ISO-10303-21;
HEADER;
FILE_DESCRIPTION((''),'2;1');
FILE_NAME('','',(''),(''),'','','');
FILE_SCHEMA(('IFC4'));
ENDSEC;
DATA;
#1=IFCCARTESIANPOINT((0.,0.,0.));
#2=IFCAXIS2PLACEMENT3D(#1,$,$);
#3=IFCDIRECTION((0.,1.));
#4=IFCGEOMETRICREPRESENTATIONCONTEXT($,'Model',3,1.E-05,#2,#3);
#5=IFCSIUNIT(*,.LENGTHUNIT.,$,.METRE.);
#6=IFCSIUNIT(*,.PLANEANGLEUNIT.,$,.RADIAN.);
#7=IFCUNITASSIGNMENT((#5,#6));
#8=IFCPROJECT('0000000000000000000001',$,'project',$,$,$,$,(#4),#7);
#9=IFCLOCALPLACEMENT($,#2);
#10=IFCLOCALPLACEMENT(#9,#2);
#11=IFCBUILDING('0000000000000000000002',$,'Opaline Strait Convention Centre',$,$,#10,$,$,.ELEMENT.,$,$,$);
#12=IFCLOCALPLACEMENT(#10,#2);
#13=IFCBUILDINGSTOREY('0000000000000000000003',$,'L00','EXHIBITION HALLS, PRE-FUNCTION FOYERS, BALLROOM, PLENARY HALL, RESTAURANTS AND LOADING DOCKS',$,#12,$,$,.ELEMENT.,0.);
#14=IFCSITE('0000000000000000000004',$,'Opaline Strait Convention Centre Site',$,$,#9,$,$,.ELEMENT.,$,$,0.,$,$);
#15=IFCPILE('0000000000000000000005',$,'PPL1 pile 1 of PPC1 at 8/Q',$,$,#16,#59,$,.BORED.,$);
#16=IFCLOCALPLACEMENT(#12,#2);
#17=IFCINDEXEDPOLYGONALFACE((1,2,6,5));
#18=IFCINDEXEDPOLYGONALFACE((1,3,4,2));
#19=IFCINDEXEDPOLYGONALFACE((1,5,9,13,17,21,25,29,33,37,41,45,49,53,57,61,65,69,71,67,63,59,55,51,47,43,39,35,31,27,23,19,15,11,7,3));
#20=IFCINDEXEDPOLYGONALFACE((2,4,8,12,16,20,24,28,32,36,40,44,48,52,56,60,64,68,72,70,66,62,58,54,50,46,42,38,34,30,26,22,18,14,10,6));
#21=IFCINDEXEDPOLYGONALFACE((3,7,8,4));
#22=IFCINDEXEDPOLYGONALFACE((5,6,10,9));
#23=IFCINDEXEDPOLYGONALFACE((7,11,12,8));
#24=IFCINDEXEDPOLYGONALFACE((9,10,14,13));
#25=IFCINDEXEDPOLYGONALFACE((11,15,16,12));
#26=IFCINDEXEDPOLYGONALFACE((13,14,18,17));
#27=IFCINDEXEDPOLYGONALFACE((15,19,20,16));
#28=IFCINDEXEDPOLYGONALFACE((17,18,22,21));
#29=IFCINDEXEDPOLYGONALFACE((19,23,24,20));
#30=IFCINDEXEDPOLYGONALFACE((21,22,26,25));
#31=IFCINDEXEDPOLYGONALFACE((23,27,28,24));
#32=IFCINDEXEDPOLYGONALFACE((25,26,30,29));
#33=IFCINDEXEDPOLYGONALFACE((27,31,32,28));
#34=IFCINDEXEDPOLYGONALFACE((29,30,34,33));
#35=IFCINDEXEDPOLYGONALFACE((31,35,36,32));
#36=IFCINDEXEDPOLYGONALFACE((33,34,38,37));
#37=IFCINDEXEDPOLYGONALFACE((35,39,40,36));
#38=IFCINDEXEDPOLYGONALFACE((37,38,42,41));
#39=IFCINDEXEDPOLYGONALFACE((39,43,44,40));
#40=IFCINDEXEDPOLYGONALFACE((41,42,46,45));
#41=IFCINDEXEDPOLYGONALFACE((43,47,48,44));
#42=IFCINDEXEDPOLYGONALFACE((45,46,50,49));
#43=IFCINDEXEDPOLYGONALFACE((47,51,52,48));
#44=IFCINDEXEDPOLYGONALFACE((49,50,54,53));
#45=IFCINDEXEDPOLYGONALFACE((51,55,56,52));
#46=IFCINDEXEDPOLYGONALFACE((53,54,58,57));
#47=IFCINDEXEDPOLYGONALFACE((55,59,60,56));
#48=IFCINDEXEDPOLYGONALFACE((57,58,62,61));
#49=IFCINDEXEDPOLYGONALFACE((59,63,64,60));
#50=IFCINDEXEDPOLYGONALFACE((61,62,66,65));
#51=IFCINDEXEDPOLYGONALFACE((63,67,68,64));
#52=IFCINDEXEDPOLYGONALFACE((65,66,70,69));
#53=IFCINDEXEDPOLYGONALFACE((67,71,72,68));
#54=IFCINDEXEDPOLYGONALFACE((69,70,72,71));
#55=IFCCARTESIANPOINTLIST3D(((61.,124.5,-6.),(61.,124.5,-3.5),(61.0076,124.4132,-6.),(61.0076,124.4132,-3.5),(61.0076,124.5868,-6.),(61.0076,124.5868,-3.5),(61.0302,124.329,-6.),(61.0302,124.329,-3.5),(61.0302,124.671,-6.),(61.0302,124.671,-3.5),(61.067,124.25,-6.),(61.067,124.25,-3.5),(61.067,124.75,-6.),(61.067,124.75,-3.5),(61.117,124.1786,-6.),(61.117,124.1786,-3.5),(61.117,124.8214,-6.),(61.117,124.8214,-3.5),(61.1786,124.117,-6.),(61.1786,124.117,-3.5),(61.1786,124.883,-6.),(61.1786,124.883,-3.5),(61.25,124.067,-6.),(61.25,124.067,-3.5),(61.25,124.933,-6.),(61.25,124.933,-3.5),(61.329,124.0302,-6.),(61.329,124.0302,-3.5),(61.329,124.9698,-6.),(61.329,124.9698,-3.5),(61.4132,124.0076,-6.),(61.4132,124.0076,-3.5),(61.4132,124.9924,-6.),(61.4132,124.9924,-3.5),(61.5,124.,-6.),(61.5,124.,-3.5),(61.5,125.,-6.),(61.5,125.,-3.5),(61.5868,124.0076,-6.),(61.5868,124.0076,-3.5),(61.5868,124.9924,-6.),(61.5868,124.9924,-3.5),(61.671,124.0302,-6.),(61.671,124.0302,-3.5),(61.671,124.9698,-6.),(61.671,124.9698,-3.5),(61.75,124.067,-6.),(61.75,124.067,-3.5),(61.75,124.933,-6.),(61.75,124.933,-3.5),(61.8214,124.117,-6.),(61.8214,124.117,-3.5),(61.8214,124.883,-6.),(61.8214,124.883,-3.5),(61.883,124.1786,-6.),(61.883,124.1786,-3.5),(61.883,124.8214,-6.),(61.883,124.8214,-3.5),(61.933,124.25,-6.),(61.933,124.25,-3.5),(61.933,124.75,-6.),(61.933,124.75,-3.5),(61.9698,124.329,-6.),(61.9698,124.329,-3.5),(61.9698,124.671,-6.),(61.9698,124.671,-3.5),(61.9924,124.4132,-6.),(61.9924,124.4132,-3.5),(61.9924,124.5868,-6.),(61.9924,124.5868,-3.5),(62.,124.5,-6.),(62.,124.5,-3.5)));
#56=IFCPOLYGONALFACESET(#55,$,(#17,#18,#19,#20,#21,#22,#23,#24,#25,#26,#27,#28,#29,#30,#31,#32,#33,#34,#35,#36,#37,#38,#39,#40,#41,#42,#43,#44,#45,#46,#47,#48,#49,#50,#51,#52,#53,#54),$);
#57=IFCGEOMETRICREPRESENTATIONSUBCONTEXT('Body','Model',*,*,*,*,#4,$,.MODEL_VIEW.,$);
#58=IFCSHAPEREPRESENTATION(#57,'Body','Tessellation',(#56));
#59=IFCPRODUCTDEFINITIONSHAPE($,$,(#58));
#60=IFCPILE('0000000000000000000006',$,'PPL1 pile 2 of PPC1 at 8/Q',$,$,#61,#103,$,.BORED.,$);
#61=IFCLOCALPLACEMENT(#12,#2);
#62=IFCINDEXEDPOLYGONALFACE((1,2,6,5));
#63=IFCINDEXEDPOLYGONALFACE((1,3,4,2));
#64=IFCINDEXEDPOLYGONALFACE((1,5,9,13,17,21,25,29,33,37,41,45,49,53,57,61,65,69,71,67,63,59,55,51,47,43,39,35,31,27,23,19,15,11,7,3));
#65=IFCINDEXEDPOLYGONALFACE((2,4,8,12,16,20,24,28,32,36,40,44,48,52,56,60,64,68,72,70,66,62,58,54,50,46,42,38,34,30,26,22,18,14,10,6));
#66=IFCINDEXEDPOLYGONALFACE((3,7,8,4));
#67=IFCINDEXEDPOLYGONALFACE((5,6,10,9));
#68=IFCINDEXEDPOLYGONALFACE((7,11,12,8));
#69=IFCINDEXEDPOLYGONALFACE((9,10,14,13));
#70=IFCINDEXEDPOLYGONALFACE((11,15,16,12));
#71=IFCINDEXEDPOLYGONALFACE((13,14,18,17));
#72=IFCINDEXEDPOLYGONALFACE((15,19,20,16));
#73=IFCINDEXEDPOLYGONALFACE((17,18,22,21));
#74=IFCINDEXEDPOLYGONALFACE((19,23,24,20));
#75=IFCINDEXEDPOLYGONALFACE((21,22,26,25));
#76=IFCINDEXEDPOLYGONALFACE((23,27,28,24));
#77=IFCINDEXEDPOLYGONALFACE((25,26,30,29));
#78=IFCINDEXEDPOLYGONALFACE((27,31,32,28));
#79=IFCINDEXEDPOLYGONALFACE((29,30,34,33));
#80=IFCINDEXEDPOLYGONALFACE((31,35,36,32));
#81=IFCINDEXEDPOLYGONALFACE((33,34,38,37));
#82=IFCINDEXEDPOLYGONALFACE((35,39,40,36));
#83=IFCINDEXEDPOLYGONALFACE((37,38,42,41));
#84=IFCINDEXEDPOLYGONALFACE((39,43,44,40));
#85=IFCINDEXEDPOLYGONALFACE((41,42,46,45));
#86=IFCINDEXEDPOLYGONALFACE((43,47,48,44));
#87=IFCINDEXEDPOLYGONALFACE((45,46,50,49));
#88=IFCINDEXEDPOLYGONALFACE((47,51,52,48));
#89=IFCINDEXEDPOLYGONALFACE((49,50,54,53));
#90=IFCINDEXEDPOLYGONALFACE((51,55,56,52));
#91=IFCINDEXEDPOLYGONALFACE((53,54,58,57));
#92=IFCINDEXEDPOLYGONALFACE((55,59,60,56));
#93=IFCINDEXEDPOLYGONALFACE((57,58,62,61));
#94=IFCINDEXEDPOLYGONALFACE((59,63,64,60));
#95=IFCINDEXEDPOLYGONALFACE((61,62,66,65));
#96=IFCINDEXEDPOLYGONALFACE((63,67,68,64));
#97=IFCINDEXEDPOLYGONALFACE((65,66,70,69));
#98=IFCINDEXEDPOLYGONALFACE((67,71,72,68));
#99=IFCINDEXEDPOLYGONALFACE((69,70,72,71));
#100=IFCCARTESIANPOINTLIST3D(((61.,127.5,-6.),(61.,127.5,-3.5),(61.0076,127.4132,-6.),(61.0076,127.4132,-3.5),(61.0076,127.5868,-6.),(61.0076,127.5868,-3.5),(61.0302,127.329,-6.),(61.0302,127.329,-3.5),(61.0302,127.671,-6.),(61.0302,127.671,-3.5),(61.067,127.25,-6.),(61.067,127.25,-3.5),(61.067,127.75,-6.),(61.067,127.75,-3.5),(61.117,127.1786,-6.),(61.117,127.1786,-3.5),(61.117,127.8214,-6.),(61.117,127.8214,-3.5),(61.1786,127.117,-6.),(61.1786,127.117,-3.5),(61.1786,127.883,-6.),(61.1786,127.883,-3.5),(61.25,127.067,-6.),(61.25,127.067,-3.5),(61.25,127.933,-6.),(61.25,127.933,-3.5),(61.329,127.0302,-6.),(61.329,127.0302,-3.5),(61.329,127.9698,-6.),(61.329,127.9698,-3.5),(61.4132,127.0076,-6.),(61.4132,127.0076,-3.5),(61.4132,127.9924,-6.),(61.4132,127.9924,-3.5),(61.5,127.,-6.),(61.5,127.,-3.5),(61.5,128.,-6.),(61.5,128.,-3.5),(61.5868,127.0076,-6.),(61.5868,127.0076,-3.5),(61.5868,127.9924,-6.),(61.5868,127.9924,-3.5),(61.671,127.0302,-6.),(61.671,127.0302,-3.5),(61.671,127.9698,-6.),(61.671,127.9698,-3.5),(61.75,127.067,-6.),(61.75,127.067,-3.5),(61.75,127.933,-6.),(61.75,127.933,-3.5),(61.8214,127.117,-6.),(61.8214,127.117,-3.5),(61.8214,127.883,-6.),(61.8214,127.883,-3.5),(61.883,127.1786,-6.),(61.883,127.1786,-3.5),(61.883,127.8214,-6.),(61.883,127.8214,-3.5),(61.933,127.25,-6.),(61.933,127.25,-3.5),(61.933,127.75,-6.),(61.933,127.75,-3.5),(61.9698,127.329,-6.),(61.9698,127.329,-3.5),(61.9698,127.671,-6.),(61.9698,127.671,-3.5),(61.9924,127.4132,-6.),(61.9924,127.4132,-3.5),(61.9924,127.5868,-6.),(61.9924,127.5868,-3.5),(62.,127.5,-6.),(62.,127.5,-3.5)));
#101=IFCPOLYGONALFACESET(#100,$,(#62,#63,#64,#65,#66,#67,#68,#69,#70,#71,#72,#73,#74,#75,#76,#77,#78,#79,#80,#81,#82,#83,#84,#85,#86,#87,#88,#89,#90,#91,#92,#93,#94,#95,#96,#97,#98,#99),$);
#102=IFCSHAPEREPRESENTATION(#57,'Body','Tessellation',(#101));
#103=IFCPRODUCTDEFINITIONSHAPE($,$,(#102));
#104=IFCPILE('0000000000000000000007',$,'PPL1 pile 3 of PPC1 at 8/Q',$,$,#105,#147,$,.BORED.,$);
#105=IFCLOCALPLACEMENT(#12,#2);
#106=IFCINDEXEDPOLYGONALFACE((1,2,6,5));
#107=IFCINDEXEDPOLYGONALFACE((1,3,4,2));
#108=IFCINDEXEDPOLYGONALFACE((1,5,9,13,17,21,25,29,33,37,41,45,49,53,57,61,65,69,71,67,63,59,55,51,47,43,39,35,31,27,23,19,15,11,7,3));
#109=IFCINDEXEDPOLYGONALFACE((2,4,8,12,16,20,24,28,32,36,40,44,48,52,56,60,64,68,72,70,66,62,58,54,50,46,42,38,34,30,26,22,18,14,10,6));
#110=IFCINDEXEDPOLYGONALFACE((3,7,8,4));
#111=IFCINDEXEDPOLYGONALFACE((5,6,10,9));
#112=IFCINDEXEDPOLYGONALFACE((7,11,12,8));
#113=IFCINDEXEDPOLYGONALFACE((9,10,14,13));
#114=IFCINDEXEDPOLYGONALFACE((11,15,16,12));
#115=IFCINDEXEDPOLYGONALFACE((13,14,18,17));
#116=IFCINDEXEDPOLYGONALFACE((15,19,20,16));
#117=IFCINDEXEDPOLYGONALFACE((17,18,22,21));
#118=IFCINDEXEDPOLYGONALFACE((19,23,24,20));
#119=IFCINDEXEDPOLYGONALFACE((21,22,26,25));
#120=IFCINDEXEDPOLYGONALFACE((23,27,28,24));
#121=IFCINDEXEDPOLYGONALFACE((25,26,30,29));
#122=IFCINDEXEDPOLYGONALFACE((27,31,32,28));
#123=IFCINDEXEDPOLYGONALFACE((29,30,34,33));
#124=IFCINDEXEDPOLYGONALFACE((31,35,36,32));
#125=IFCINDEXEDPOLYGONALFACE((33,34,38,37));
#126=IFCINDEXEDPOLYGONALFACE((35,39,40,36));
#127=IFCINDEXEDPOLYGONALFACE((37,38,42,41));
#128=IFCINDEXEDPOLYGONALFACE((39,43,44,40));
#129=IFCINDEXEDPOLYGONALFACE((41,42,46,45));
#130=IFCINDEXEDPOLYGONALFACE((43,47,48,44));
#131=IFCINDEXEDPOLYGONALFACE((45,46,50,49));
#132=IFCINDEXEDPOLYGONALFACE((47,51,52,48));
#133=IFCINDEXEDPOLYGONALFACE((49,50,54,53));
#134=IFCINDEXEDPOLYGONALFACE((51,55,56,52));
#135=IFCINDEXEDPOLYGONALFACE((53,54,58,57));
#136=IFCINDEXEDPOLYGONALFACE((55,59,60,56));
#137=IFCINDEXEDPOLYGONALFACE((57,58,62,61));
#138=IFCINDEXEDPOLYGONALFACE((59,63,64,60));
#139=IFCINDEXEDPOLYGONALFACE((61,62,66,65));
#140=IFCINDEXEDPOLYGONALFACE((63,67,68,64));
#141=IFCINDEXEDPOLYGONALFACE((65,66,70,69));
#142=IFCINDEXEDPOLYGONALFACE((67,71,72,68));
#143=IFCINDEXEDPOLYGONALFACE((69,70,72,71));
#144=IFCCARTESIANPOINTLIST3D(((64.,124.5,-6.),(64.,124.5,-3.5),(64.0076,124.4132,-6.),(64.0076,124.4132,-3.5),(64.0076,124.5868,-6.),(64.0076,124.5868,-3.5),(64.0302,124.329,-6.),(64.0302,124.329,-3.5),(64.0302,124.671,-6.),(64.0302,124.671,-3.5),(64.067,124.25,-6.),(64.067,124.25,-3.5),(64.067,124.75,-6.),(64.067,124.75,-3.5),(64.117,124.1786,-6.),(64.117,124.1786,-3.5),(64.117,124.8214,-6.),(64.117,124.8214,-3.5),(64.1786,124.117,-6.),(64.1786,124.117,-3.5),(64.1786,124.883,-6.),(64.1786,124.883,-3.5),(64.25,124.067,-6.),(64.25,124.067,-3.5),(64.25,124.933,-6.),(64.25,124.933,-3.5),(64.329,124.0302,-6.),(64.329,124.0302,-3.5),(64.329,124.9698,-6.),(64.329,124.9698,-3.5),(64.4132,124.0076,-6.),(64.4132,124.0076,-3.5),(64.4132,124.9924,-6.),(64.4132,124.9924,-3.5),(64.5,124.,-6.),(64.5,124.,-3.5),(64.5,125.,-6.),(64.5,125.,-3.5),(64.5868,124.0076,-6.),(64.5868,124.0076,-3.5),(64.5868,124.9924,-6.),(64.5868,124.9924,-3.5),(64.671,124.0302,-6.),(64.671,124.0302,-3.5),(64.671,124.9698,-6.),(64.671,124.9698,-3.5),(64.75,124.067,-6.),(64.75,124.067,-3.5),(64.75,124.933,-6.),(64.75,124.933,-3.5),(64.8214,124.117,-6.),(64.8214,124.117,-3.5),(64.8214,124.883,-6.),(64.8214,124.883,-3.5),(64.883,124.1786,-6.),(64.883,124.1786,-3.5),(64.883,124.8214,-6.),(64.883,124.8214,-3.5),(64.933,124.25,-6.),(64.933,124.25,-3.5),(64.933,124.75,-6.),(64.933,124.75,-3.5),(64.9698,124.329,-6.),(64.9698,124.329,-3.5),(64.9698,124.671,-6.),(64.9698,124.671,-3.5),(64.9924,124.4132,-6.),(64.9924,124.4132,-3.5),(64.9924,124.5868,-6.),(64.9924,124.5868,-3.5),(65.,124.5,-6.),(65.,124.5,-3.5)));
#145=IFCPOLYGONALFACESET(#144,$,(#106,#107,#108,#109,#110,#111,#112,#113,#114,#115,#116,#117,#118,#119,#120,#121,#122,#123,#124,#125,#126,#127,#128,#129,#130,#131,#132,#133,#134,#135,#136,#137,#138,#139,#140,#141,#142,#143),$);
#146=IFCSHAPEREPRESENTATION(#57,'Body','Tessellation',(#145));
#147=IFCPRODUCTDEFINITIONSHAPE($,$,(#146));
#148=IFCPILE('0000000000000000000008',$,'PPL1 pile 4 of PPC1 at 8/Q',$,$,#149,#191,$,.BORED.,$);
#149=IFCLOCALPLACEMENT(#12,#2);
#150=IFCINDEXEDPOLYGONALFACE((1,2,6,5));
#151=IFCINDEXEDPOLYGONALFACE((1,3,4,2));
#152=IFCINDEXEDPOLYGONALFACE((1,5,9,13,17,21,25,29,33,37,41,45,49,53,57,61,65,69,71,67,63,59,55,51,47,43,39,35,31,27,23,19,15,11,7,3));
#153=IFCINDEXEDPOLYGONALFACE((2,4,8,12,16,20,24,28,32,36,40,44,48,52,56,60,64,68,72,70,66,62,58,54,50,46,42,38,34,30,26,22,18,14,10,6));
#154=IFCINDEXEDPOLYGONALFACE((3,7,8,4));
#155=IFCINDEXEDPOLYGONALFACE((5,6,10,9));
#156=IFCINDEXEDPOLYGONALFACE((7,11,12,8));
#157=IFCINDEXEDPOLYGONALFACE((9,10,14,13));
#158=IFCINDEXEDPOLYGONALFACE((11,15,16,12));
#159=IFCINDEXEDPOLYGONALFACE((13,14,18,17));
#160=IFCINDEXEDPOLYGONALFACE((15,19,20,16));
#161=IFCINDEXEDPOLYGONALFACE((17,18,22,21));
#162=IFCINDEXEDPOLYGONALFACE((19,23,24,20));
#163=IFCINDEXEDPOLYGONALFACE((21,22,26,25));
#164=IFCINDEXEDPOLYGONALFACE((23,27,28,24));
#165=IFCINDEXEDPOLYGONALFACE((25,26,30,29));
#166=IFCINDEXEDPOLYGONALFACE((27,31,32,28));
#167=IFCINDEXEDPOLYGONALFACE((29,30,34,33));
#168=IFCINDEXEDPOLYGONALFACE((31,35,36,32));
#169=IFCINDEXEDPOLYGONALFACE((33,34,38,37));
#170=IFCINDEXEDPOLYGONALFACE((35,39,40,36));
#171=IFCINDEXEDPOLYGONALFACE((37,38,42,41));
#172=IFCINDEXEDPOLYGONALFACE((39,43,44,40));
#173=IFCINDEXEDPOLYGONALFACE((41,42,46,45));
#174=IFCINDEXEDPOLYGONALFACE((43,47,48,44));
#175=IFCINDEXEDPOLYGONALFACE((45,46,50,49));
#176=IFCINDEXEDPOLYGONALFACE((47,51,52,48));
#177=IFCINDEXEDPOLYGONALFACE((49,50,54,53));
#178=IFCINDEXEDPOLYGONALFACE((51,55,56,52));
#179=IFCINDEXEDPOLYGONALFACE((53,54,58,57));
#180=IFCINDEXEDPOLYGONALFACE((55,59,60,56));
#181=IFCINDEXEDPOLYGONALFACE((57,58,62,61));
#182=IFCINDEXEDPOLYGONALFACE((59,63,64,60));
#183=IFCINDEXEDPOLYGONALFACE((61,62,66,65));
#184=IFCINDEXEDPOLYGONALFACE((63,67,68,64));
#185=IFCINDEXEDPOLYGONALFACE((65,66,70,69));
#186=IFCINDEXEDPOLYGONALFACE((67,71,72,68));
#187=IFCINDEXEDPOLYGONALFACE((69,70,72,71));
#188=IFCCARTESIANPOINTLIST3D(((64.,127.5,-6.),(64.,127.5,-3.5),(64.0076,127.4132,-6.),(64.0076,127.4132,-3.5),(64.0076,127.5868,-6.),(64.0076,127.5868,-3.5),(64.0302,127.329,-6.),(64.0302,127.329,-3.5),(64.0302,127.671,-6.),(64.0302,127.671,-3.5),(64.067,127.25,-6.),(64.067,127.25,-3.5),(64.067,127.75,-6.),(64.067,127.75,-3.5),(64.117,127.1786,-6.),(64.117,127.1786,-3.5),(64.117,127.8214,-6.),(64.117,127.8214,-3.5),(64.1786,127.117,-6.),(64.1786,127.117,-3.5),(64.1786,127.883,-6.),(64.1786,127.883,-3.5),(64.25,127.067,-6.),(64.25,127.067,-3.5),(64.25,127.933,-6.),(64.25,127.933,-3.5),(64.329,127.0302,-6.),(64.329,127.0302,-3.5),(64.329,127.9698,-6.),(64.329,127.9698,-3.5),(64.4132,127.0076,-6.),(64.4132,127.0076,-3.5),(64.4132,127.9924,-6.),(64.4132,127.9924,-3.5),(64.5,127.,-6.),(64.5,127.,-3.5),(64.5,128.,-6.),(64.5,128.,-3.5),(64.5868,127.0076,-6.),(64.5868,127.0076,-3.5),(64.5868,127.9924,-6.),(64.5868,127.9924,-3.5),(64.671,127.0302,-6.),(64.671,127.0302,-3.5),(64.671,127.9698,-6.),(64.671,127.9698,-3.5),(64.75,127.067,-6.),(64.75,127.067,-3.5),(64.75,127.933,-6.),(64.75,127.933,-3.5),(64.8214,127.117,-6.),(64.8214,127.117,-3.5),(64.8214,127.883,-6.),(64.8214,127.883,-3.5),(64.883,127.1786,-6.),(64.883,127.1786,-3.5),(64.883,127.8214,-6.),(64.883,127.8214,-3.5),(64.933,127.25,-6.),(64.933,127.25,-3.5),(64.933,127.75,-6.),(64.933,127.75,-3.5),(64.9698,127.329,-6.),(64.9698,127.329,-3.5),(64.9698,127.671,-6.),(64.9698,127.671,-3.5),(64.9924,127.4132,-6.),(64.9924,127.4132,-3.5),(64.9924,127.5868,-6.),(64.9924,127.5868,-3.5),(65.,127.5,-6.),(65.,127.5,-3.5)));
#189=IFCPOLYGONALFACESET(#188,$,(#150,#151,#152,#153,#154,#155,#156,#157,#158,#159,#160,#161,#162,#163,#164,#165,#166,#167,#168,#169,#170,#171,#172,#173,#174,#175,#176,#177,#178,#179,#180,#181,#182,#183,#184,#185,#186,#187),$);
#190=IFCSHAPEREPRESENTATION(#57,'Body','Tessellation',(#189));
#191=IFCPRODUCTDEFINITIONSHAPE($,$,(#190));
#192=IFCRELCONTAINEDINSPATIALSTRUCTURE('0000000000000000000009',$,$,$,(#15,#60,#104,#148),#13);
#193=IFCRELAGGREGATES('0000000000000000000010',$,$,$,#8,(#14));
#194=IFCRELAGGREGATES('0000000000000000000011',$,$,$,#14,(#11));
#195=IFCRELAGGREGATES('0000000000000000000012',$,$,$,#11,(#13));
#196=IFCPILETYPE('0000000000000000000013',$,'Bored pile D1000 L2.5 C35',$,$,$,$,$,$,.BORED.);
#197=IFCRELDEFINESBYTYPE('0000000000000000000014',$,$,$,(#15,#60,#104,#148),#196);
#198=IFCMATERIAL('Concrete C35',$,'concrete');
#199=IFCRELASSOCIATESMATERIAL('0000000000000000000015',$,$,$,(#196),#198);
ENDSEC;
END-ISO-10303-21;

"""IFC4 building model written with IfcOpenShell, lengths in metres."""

from ifc_helpers import new_model, si_unit, direction, frame, origin, origin_2d, place, context, subcontext, project, spatial, circle, extrude, material, material_profile, profile_set, type_object, element, save


model = new_model("IFC4")

# Units and contexts
model_context = context("Model", 3, precision=1e-05, world=origin(), true_north=direction((0.0, 1.0)))
body_context = subcontext(model_context, "Body", "Model", "MODEL_VIEW")
ifc_project = project(units=[si_unit("LENGTHUNIT", "METRE"), si_unit("PLANEANGLEUNIT", "RADIAN")], contexts=[model_context])

# Site, building, storey
site_placement = place(None, origin())
site = spatial("IfcSite", under=ifc_project, at=site_placement, Name="Opaline Strait Convention Centre Site", CompositionType="ELEMENT", RefElevation=0.0)
building_placement = place(site_placement, origin())
building = spatial("IfcBuilding", under=site, at=building_placement, Name="Opaline Strait Convention Centre", CompositionType="ELEMENT")
storey_placement = place(building_placement, origin())
storey = spatial("IfcBuildingStorey", under=building, at=storey_placement, Name="L00", Description="EXHIBITION HALLS, PRE-FUNCTION FOYERS, BALLROOM, PLENARY HALL, RESTAURANTS AND LOADING DOCKS", CompositionType="ELEMENT", Elevation=0.0)

# Piles
ifc_material_1 = material(Name="Concrete C35", Category="concrete")
ifc_material_profile_1 = material_profile(ifc_material_1, circle(Radius=0.5, at=origin_2d()), Name="D1000")
ifc_profile_set_1 = profile_set([ifc_material_profile_1], Name="Concrete C35")
pile_type_1 = type_object("IfcPileType", Name="Bored pile D1000 L2.5 C35", PredefinedType="BORED", material=ifc_profile_set_1)
for number, where, z_axis, x_axis, name in (
    (1, (61.5, 124.5, -3.5), (0.0, 0.0, -1.0), (1.0, 0.0, 0.0), "PPL1 pile 1 of PPC1 at 8/Q"),
    (2, (61.5, 127.5, -3.5), (0.0, 0.0, -1.0), (1.0, 0.0, 0.0), "PPL1 pile 2 of PPC1 at 8/Q"),
    (3, (64.5, 124.5, -3.5), (0.0, 0.0, -1.0), (1.0, 0.0, 0.0), "PPL1 pile 3 of PPC1 at 8/Q"),
    (4, (64.5, 127.5, -3.5), (0.0, 0.0, -1.0), (1.0, 0.0, 0.0), "PPL1 pile 4 of PPC1 at 8/Q"),
):
    element("IfcPile", number, at=place(storey_placement, frame(where, z_axis=z_axis, x_axis=x_axis)), inside=storey, type_object=pile_type_1, Name=name, PredefinedType="BORED", context=body_context, shape_type="SweptSolid", body=[
        extrude(circle(Radius=0.5, at=origin_2d()), origin(), (0.0, 0.0, 1.0), 2.5),
    ])

save(model, "model.ifc")
